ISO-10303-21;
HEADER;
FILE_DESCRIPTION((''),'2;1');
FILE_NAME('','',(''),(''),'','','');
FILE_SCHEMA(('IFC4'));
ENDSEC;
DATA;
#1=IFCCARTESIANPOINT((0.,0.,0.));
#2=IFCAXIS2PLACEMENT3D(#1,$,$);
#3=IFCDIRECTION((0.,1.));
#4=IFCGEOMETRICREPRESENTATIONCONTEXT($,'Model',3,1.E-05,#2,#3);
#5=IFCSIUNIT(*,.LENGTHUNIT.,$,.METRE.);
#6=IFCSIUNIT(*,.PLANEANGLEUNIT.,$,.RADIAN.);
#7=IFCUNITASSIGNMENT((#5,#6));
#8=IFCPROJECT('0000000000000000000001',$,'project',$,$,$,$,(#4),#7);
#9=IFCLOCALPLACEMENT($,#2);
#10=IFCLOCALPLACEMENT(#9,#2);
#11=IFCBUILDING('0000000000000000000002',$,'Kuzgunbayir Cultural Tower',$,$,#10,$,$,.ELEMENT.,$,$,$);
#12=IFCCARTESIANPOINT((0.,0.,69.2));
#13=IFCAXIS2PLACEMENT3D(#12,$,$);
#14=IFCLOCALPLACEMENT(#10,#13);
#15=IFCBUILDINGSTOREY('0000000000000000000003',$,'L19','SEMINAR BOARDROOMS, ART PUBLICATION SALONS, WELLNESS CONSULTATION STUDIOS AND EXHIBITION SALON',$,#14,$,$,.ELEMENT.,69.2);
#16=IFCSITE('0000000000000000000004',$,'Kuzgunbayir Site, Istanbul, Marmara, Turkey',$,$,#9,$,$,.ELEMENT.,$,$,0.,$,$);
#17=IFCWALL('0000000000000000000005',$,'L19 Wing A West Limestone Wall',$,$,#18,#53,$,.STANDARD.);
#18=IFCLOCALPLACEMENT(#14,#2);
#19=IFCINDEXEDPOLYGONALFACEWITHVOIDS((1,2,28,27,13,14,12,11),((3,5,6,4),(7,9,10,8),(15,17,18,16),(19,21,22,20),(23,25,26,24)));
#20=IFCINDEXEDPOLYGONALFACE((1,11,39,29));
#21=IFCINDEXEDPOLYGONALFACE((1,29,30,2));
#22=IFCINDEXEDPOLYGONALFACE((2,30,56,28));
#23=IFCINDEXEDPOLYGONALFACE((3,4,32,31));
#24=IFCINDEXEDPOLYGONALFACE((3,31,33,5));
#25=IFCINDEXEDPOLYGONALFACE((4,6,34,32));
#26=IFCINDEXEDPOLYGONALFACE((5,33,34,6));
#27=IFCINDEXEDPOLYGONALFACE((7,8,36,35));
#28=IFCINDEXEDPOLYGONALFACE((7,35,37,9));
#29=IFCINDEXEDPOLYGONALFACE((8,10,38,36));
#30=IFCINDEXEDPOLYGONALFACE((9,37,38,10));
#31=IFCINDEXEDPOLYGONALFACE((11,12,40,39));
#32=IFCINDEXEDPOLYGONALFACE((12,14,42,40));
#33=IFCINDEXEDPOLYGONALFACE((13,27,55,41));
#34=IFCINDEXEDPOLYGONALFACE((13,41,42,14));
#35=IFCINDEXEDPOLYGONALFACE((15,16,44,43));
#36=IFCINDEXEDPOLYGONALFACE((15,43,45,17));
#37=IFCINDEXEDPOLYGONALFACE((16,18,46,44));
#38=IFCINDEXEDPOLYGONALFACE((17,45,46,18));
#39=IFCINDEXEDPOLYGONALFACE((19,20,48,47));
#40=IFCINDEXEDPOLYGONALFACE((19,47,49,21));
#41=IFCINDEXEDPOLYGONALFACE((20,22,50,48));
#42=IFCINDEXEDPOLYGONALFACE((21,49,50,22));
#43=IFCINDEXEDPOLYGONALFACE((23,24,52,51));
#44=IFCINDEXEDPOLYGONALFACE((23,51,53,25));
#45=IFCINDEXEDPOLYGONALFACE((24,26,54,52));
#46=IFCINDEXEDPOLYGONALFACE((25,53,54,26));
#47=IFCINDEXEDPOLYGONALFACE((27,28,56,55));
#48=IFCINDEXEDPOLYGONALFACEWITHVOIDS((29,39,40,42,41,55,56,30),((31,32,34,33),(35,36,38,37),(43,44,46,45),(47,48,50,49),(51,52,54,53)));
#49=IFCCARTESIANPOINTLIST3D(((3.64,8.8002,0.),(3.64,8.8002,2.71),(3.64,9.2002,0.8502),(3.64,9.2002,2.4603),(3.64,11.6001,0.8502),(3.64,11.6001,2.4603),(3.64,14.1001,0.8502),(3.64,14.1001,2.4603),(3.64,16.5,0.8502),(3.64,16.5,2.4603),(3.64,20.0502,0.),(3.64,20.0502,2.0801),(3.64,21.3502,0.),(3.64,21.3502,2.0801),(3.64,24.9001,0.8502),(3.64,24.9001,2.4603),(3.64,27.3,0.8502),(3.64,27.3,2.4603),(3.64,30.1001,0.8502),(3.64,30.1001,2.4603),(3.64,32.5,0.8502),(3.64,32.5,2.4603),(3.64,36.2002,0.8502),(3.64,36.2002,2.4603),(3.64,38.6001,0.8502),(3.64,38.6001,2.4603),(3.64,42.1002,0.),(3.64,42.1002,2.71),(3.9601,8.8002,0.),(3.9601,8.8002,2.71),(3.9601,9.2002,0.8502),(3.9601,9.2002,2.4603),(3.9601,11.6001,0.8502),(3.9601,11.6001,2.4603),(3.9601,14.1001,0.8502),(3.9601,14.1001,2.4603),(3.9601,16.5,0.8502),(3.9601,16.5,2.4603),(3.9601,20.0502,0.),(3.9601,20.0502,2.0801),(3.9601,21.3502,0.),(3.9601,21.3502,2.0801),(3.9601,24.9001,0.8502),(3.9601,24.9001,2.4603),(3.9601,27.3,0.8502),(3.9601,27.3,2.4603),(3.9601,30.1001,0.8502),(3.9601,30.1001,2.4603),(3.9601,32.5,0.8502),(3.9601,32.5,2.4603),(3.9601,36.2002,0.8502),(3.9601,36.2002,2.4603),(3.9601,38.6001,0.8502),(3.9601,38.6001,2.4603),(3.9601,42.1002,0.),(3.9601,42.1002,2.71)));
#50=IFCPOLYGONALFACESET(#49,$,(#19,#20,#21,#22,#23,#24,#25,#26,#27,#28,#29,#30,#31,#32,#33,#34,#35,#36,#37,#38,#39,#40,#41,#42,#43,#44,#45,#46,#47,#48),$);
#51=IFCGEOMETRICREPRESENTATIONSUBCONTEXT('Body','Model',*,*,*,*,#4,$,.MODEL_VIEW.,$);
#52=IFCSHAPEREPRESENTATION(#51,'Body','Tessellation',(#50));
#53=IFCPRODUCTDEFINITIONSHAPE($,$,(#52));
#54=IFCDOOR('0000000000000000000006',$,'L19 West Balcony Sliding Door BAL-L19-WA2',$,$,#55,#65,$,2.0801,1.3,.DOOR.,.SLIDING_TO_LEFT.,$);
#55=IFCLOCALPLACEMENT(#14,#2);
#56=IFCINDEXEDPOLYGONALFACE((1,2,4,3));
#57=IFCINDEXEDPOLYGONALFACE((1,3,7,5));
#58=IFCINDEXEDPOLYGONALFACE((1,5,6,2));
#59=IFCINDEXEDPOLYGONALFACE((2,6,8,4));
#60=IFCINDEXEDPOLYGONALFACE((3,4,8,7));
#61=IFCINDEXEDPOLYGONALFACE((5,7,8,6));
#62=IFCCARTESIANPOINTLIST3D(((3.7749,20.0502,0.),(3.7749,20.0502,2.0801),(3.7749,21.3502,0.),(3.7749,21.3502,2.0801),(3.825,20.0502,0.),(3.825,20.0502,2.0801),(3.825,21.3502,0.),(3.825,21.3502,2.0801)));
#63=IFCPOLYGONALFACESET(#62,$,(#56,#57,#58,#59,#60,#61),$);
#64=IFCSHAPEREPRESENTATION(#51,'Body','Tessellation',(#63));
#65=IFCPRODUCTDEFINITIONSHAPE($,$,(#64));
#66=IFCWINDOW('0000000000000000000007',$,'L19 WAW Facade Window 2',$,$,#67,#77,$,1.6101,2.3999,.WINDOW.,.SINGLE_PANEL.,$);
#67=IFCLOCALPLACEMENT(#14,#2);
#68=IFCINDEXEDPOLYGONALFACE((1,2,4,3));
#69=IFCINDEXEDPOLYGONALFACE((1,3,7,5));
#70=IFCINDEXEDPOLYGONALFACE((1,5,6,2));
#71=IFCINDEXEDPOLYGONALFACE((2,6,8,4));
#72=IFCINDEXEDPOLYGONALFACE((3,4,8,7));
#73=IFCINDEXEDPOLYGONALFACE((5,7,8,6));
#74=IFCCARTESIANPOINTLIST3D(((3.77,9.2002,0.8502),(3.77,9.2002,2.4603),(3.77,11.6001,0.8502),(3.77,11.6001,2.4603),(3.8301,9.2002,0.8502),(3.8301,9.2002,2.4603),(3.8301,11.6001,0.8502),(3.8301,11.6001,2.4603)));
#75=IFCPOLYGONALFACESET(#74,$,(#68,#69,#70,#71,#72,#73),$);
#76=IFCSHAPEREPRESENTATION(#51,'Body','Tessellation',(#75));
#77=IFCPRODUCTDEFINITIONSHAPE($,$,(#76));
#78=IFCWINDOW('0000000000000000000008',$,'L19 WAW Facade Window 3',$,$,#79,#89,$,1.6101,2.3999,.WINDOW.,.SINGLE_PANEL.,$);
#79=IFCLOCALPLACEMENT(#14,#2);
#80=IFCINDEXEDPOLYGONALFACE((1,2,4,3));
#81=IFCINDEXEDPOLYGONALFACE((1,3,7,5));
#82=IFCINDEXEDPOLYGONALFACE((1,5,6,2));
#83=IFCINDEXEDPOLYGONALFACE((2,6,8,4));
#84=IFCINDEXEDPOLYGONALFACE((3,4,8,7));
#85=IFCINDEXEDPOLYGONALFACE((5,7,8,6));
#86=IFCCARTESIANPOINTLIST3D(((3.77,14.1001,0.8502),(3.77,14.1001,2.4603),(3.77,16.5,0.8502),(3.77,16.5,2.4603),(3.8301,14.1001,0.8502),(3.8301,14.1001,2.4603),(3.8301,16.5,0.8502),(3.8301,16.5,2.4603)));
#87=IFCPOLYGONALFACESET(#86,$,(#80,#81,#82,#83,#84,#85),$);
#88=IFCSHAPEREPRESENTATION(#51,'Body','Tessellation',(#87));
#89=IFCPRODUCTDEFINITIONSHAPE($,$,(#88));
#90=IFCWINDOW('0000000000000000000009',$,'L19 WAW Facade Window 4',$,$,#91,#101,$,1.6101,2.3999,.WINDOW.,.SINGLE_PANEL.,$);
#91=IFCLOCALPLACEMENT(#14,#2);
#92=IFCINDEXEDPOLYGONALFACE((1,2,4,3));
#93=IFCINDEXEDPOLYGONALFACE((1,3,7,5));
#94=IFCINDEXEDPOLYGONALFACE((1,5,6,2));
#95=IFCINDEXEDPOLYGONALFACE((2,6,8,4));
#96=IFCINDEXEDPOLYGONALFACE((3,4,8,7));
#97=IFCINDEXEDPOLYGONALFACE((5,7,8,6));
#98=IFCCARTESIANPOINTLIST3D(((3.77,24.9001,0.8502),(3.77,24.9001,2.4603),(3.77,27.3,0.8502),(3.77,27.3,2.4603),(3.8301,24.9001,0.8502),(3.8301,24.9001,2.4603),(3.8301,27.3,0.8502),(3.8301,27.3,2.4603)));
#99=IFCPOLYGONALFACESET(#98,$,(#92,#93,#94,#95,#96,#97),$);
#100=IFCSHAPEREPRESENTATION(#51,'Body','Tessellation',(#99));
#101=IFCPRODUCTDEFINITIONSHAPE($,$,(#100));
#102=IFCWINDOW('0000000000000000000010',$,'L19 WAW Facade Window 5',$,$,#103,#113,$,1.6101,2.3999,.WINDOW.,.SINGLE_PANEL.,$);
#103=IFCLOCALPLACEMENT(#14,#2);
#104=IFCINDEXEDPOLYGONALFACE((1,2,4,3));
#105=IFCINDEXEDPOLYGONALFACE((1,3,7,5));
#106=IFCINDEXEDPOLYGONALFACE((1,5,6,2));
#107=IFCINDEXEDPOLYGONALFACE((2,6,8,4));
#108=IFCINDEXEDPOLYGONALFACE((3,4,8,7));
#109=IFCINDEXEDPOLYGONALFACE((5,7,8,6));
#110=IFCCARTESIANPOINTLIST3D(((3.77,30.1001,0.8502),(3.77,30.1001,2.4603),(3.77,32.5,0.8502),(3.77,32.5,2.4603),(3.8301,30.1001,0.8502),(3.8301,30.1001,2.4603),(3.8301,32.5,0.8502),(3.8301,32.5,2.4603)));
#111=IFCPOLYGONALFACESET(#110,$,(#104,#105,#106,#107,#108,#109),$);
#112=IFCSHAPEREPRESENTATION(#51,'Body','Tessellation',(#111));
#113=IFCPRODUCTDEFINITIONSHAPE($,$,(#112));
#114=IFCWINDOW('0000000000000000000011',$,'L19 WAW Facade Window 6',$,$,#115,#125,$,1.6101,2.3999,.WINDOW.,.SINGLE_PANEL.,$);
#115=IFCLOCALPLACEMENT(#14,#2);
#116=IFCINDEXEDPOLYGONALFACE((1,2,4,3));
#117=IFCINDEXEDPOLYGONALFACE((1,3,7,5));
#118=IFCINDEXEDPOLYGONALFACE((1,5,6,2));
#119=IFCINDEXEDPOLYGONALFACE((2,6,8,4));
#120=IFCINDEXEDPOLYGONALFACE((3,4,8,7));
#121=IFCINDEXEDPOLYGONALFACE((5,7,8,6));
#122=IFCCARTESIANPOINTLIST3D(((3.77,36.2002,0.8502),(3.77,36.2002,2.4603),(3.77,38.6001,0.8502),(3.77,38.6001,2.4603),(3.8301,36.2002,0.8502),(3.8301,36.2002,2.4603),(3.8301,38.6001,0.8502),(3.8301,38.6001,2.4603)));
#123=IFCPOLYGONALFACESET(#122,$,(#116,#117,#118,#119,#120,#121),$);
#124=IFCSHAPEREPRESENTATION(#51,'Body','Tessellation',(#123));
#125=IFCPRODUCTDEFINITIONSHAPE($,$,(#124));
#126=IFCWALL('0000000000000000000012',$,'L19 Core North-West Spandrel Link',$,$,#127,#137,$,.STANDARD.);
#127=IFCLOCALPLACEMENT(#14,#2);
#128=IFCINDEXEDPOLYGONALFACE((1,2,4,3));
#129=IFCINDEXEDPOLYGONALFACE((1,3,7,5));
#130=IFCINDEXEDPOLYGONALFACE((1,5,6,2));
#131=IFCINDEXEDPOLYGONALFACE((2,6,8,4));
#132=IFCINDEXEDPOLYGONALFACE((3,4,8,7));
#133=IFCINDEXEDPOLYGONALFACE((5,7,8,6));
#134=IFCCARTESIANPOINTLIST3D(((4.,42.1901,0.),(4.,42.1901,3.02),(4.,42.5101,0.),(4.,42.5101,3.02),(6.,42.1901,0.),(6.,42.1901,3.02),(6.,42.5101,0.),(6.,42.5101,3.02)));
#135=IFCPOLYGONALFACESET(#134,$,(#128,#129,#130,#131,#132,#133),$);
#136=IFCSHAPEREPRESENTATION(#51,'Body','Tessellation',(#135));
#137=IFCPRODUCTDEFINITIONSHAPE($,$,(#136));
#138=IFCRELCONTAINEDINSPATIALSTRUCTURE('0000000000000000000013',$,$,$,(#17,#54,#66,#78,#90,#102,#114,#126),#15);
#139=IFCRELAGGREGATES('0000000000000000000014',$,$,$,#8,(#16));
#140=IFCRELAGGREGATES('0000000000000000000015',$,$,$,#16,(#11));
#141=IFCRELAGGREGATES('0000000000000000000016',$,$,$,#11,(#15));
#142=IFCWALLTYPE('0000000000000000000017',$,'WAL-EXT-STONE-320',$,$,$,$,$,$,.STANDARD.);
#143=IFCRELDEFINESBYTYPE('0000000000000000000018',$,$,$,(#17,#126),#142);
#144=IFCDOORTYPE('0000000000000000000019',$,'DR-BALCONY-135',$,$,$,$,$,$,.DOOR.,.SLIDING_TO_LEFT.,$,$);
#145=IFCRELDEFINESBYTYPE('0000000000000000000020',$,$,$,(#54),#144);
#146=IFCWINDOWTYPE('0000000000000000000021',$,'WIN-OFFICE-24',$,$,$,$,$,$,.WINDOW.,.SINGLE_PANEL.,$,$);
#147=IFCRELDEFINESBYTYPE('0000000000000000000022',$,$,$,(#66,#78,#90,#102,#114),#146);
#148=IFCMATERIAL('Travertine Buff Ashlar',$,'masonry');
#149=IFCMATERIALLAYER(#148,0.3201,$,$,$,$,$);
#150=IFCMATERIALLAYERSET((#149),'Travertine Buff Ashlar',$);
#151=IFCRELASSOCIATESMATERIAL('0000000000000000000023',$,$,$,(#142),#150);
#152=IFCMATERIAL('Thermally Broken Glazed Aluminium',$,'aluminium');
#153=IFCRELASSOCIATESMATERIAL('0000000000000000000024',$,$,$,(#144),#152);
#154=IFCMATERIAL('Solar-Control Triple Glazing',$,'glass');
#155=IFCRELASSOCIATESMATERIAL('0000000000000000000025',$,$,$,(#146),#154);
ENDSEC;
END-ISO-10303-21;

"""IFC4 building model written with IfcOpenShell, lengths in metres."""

from ifc_helpers import new_model, si_unit, direction, frame, frame_2d, origin, place, context, subcontext, project, spatial, rectangle, extrude, material, layer, layer_set, type_object, element, fill, save


model = new_model("IFC4")

# Units and contexts
model_context = context("Model", 3, precision=1e-05, world=origin(), true_north=direction((0.0, 1.0)))
body_context = subcontext(model_context, "Body", "Model", "MODEL_VIEW")
ifc_project = project(units=[si_unit("LENGTHUNIT", "METRE"), si_unit("PLANEANGLEUNIT", "RADIAN")], contexts=[model_context])

# Site, building, storey
site_placement = place(None, origin())
site = spatial("IfcSite", under=ifc_project, at=site_placement, Name="Kuzgunbayir Site, Istanbul, Marmara, Turkey", CompositionType="ELEMENT", RefElevation=0.0)
building_placement = place(site_placement, origin())
building = spatial("IfcBuilding", under=site, at=building_placement, Name="Kuzgunbayir Cultural Tower", CompositionType="ELEMENT")
storey_placement = place(building_placement, frame((0.0, 0.0, 69.2)))
storey = spatial("IfcBuildingStorey", under=building, at=storey_placement, Name="L19", Description="SEMINAR BOARDROOMS, ART PUBLICATION SALONS, WELLNESS CONSULTATION STUDIOS AND EXHIBITION SALON", CompositionType="ELEMENT", Elevation=69.2)

# Wall, openings, door, windows
ifc_material_1 = material(Name="Travertine Buff Ashlar", Category="masonry")
ifc_layer_1 = layer(ifc_material_1, 0.3201)
ifc_layer_set_1 = layer_set([ifc_layer_1], Name="Travertine Buff Ashlar")
wall_type_1 = type_object("IfcWallType", Name="WAL-EXT-STONE-320", PredefinedType="STANDARD", material=ifc_layer_set_1)
wall_1_placement = place(storey_placement, frame((3.8, 42.1001, 0.0), z_axis=(0.0, 0.0, 1.0), x_axis=(0.0, -1.0, 0.0)))
wall_1 = element("IfcWall", 1, at=wall_1_placement, inside=storey, type_object=wall_type_1, Name="L19 Wing A West Limestone Wall", PredefinedType="STANDARD", context=body_context, shape_type="SweptSolid", body=[
    extrude(rectangle(XDim=33.3, YDim=0.3201, at=frame_2d((16.6499, 0.0))), origin(), (0.0, 0.0, 1.0), 2.71),
])
opening_1_placement = place(wall_1_placement, frame((20.75, 0.0, 0.0)))
opening_1 = element("IfcOpeningElement", 2, at=opening_1_placement, cuts=wall_1, PredefinedType="OPENING", context=body_context, shape_type="SweptSolid", body=[
    extrude(rectangle(XDim=1.3, YDim=2.0801, at=frame_2d((0.6499, 1.04))), frame((0.0, 0.1699, 0.0), z_axis=(0.0, -1.0, 0.0), x_axis=(1.0, 0.0, 0.0)), (0.0, 0.0, 1.0), 0.3401),
])
opening_2_placement = place(wall_1_placement, frame((30.5, 0.0, 0.8501)))
opening_2 = element("IfcOpeningElement", 3, at=opening_2_placement, cuts=wall_1, PredefinedType="OPENING", context=body_context, shape_type="SweptSolid", body=[
    extrude(rectangle(XDim=2.3999, YDim=1.6101, at=frame_2d((1.2, 0.8052))), frame((0.0, 0.1699, 0.0), z_axis=(0.0, -1.0, 0.0), x_axis=(1.0, 0.0, 0.0)), (0.0, 0.0, 1.0), 0.3401),
])
opening_3_placement = place(wall_1_placement, frame((25.6001, 0.0, 0.8501)))
opening_3 = element("IfcOpeningElement", 4, at=opening_3_placement, cuts=wall_1, PredefinedType="OPENING", context=body_context, shape_type="SweptSolid", body=[
    extrude(rectangle(XDim=2.3999, YDim=1.6101, at=frame_2d((1.2, 0.8052))), frame((0.0, 0.1699, 0.0), z_axis=(0.0, -1.0, 0.0), x_axis=(1.0, 0.0, 0.0)), (0.0, 0.0, 1.0), 0.3401),
])
opening_4_placement = place(wall_1_placement, frame((14.8, 0.0, 0.8501)))
opening_4 = element("IfcOpeningElement", 5, at=opening_4_placement, cuts=wall_1, PredefinedType="OPENING", context=body_context, shape_type="SweptSolid", body=[
    extrude(rectangle(XDim=2.3999, YDim=1.6101, at=frame_2d((1.2, 0.8052))), frame((0.0, 0.1699, 0.0), z_axis=(0.0, -1.0, 0.0), x_axis=(1.0, 0.0, 0.0)), (0.0, 0.0, 1.0), 0.3401),
])
opening_5_placement = place(wall_1_placement, frame((9.6001, 0.0, 0.8501)))
opening_5 = element("IfcOpeningElement", 6, at=opening_5_placement, cuts=wall_1, PredefinedType="OPENING", context=body_context, shape_type="SweptSolid", body=[
    extrude(rectangle(XDim=2.3999, YDim=1.6101, at=frame_2d((1.2, 0.8052))), frame((0.0, 0.1699, 0.0), z_axis=(0.0, -1.0, 0.0), x_axis=(1.0, 0.0, 0.0)), (0.0, 0.0, 1.0), 0.3401),
])
opening_6_placement = place(wall_1_placement, frame((3.5, 0.0, 0.8501)))
opening_6 = element("IfcOpeningElement", 7, at=opening_6_placement, cuts=wall_1, PredefinedType="OPENING", context=body_context, shape_type="SweptSolid", body=[
    extrude(rectangle(XDim=2.3999, YDim=1.6101, at=frame_2d((1.2, 0.8052))), frame((0.0, 0.1699, 0.0), z_axis=(0.0, -1.0, 0.0), x_axis=(1.0, 0.0, 0.0)), (0.0, 0.0, 1.0), 0.3401),
])
ifc_material_2 = material(Name="Thermally Broken Glazed Aluminium", Category="aluminium")
door_type = type_object("IfcDoorType", Name="DR-BALCONY-135", OperationType="SLIDING_TO_LEFT", PredefinedType="DOOR", material=ifc_material_2)
door_placement = place(opening_1_placement, origin())
door = element("IfcDoor", 8, at=door_placement, inside=storey, type_object=door_type, Name="L19 West Balcony Sliding Door BAL-L19-WA2", OperationType="SLIDING_TO_LEFT", OverallHeight=2.0801, OverallWidth=1.3, PredefinedType="DOOR", context=body_context, shape_type="SweptSolid", body=[
    extrude(rectangle(XDim=1.3, YDim=2.0801, at=frame_2d((0.6499, 1.04))), frame((0.0, 0.0249, 0.0), z_axis=(0.0, -1.0, 0.0), x_axis=(1.0, 0.0, 0.0)), (0.0, 0.0, 1.0), 0.05),
])
fill(opening_1, door)
ifc_material_3 = material(Name="Solar-Control Triple Glazing", Category="glass")
window_type = type_object("IfcWindowType", Name="WIN-OFFICE-24", PartitioningType="SINGLE_PANEL", PredefinedType="WINDOW", material=ifc_material_3)
window_1_placement = place(opening_2_placement, origin())
window_1 = element("IfcWindow", 9, at=window_1_placement, inside=storey, type_object=window_type, Name="L19 WAW Facade Window 2", OverallHeight=1.6101, OverallWidth=2.3999, PartitioningType="SINGLE_PANEL", PredefinedType="WINDOW", context=body_context, shape_type="SweptSolid", body=[
    extrude(rectangle(XDim=2.3999, YDim=1.6101, at=frame_2d((1.2, 0.8052))), frame((0.0, 0.03, 0.0), z_axis=(0.0, -1.0, 0.0), x_axis=(1.0, 0.0, 0.0)), (0.0, 0.0, 1.0), 0.0601),
])
fill(opening_2, window_1)
window_2_placement = place(opening_3_placement, origin())
window_2 = element("IfcWindow", 10, at=window_2_placement, inside=storey, type_object=window_type, Name="L19 WAW Facade Window 3", OverallHeight=1.6101, OverallWidth=2.3999, PartitioningType="SINGLE_PANEL", PredefinedType="WINDOW", context=body_context, shape_type="SweptSolid", body=[
    extrude(rectangle(XDim=2.3999, YDim=1.6101, at=frame_2d((1.2, 0.8052))), frame((0.0, 0.03, 0.0), z_axis=(0.0, -1.0, 0.0), x_axis=(1.0, 0.0, 0.0)), (0.0, 0.0, 1.0), 0.0601),
])
fill(opening_3, window_2)
window_3_placement = place(opening_4_placement, origin())
window_3 = element("IfcWindow", 11, at=window_3_placement, inside=storey, type_object=window_type, Name="L19 WAW Facade Window 4", OverallHeight=1.6101, OverallWidth=2.3999, PartitioningType="SINGLE_PANEL", PredefinedType="WINDOW", context=body_context, shape_type="SweptSolid", body=[
    extrude(rectangle(XDim=2.3999, YDim=1.6101, at=frame_2d((1.2, 0.8052))), frame((0.0, 0.03, 0.0), z_axis=(0.0, -1.0, 0.0), x_axis=(1.0, 0.0, 0.0)), (0.0, 0.0, 1.0), 0.0601),
])
fill(opening_4, window_3)
window_4_placement = place(opening_5_placement, origin())
window_4 = element("IfcWindow", 12, at=window_4_placement, inside=storey, type_object=window_type, Name="L19 WAW Facade Window 5", OverallHeight=1.6101, OverallWidth=2.3999, PartitioningType="SINGLE_PANEL", PredefinedType="WINDOW", context=body_context, shape_type="SweptSolid", body=[
    extrude(rectangle(XDim=2.3999, YDim=1.6101, at=frame_2d((1.2, 0.8052))), frame((0.0, 0.03, 0.0), z_axis=(0.0, -1.0, 0.0), x_axis=(1.0, 0.0, 0.0)), (0.0, 0.0, 1.0), 0.0601),
])
fill(opening_5, window_4)
window_5_placement = place(opening_6_placement, origin())
window_5 = element("IfcWindow", 13, at=window_5_placement, inside=storey, type_object=window_type, Name="L19 WAW Facade Window 6", OverallHeight=1.6101, OverallWidth=2.3999, PartitioningType="SINGLE_PANEL", PredefinedType="WINDOW", context=body_context, shape_type="SweptSolid", body=[
    extrude(rectangle(XDim=2.3999, YDim=1.6101, at=frame_2d((1.2, 0.8052))), frame((0.0, 0.03, 0.0), z_axis=(0.0, -1.0, 0.0), x_axis=(1.0, 0.0, 0.0)), (0.0, 0.0, 1.0), 0.0601),
])
fill(opening_6, window_5)

# Wall
wall_2_placement = place(storey_placement, frame((6.0, 42.3501, 0.0), z_axis=(0.0, 0.0, 1.0), x_axis=(-1.0, 0.0, 0.0)))
element("IfcWall", 14, at=wall_2_placement, inside=storey, type_object=wall_type_1, Name="L19 Core North-West Spandrel Link", PredefinedType="STANDARD", context=body_context, shape_type="SweptSolid", body=[
    extrude(rectangle(XDim=2.0, YDim=0.3201, at=frame_2d((1.0, 0.0))), origin(), (0.0, 0.0, 1.0), 3.02),
])

save(model, "model.ifc")
